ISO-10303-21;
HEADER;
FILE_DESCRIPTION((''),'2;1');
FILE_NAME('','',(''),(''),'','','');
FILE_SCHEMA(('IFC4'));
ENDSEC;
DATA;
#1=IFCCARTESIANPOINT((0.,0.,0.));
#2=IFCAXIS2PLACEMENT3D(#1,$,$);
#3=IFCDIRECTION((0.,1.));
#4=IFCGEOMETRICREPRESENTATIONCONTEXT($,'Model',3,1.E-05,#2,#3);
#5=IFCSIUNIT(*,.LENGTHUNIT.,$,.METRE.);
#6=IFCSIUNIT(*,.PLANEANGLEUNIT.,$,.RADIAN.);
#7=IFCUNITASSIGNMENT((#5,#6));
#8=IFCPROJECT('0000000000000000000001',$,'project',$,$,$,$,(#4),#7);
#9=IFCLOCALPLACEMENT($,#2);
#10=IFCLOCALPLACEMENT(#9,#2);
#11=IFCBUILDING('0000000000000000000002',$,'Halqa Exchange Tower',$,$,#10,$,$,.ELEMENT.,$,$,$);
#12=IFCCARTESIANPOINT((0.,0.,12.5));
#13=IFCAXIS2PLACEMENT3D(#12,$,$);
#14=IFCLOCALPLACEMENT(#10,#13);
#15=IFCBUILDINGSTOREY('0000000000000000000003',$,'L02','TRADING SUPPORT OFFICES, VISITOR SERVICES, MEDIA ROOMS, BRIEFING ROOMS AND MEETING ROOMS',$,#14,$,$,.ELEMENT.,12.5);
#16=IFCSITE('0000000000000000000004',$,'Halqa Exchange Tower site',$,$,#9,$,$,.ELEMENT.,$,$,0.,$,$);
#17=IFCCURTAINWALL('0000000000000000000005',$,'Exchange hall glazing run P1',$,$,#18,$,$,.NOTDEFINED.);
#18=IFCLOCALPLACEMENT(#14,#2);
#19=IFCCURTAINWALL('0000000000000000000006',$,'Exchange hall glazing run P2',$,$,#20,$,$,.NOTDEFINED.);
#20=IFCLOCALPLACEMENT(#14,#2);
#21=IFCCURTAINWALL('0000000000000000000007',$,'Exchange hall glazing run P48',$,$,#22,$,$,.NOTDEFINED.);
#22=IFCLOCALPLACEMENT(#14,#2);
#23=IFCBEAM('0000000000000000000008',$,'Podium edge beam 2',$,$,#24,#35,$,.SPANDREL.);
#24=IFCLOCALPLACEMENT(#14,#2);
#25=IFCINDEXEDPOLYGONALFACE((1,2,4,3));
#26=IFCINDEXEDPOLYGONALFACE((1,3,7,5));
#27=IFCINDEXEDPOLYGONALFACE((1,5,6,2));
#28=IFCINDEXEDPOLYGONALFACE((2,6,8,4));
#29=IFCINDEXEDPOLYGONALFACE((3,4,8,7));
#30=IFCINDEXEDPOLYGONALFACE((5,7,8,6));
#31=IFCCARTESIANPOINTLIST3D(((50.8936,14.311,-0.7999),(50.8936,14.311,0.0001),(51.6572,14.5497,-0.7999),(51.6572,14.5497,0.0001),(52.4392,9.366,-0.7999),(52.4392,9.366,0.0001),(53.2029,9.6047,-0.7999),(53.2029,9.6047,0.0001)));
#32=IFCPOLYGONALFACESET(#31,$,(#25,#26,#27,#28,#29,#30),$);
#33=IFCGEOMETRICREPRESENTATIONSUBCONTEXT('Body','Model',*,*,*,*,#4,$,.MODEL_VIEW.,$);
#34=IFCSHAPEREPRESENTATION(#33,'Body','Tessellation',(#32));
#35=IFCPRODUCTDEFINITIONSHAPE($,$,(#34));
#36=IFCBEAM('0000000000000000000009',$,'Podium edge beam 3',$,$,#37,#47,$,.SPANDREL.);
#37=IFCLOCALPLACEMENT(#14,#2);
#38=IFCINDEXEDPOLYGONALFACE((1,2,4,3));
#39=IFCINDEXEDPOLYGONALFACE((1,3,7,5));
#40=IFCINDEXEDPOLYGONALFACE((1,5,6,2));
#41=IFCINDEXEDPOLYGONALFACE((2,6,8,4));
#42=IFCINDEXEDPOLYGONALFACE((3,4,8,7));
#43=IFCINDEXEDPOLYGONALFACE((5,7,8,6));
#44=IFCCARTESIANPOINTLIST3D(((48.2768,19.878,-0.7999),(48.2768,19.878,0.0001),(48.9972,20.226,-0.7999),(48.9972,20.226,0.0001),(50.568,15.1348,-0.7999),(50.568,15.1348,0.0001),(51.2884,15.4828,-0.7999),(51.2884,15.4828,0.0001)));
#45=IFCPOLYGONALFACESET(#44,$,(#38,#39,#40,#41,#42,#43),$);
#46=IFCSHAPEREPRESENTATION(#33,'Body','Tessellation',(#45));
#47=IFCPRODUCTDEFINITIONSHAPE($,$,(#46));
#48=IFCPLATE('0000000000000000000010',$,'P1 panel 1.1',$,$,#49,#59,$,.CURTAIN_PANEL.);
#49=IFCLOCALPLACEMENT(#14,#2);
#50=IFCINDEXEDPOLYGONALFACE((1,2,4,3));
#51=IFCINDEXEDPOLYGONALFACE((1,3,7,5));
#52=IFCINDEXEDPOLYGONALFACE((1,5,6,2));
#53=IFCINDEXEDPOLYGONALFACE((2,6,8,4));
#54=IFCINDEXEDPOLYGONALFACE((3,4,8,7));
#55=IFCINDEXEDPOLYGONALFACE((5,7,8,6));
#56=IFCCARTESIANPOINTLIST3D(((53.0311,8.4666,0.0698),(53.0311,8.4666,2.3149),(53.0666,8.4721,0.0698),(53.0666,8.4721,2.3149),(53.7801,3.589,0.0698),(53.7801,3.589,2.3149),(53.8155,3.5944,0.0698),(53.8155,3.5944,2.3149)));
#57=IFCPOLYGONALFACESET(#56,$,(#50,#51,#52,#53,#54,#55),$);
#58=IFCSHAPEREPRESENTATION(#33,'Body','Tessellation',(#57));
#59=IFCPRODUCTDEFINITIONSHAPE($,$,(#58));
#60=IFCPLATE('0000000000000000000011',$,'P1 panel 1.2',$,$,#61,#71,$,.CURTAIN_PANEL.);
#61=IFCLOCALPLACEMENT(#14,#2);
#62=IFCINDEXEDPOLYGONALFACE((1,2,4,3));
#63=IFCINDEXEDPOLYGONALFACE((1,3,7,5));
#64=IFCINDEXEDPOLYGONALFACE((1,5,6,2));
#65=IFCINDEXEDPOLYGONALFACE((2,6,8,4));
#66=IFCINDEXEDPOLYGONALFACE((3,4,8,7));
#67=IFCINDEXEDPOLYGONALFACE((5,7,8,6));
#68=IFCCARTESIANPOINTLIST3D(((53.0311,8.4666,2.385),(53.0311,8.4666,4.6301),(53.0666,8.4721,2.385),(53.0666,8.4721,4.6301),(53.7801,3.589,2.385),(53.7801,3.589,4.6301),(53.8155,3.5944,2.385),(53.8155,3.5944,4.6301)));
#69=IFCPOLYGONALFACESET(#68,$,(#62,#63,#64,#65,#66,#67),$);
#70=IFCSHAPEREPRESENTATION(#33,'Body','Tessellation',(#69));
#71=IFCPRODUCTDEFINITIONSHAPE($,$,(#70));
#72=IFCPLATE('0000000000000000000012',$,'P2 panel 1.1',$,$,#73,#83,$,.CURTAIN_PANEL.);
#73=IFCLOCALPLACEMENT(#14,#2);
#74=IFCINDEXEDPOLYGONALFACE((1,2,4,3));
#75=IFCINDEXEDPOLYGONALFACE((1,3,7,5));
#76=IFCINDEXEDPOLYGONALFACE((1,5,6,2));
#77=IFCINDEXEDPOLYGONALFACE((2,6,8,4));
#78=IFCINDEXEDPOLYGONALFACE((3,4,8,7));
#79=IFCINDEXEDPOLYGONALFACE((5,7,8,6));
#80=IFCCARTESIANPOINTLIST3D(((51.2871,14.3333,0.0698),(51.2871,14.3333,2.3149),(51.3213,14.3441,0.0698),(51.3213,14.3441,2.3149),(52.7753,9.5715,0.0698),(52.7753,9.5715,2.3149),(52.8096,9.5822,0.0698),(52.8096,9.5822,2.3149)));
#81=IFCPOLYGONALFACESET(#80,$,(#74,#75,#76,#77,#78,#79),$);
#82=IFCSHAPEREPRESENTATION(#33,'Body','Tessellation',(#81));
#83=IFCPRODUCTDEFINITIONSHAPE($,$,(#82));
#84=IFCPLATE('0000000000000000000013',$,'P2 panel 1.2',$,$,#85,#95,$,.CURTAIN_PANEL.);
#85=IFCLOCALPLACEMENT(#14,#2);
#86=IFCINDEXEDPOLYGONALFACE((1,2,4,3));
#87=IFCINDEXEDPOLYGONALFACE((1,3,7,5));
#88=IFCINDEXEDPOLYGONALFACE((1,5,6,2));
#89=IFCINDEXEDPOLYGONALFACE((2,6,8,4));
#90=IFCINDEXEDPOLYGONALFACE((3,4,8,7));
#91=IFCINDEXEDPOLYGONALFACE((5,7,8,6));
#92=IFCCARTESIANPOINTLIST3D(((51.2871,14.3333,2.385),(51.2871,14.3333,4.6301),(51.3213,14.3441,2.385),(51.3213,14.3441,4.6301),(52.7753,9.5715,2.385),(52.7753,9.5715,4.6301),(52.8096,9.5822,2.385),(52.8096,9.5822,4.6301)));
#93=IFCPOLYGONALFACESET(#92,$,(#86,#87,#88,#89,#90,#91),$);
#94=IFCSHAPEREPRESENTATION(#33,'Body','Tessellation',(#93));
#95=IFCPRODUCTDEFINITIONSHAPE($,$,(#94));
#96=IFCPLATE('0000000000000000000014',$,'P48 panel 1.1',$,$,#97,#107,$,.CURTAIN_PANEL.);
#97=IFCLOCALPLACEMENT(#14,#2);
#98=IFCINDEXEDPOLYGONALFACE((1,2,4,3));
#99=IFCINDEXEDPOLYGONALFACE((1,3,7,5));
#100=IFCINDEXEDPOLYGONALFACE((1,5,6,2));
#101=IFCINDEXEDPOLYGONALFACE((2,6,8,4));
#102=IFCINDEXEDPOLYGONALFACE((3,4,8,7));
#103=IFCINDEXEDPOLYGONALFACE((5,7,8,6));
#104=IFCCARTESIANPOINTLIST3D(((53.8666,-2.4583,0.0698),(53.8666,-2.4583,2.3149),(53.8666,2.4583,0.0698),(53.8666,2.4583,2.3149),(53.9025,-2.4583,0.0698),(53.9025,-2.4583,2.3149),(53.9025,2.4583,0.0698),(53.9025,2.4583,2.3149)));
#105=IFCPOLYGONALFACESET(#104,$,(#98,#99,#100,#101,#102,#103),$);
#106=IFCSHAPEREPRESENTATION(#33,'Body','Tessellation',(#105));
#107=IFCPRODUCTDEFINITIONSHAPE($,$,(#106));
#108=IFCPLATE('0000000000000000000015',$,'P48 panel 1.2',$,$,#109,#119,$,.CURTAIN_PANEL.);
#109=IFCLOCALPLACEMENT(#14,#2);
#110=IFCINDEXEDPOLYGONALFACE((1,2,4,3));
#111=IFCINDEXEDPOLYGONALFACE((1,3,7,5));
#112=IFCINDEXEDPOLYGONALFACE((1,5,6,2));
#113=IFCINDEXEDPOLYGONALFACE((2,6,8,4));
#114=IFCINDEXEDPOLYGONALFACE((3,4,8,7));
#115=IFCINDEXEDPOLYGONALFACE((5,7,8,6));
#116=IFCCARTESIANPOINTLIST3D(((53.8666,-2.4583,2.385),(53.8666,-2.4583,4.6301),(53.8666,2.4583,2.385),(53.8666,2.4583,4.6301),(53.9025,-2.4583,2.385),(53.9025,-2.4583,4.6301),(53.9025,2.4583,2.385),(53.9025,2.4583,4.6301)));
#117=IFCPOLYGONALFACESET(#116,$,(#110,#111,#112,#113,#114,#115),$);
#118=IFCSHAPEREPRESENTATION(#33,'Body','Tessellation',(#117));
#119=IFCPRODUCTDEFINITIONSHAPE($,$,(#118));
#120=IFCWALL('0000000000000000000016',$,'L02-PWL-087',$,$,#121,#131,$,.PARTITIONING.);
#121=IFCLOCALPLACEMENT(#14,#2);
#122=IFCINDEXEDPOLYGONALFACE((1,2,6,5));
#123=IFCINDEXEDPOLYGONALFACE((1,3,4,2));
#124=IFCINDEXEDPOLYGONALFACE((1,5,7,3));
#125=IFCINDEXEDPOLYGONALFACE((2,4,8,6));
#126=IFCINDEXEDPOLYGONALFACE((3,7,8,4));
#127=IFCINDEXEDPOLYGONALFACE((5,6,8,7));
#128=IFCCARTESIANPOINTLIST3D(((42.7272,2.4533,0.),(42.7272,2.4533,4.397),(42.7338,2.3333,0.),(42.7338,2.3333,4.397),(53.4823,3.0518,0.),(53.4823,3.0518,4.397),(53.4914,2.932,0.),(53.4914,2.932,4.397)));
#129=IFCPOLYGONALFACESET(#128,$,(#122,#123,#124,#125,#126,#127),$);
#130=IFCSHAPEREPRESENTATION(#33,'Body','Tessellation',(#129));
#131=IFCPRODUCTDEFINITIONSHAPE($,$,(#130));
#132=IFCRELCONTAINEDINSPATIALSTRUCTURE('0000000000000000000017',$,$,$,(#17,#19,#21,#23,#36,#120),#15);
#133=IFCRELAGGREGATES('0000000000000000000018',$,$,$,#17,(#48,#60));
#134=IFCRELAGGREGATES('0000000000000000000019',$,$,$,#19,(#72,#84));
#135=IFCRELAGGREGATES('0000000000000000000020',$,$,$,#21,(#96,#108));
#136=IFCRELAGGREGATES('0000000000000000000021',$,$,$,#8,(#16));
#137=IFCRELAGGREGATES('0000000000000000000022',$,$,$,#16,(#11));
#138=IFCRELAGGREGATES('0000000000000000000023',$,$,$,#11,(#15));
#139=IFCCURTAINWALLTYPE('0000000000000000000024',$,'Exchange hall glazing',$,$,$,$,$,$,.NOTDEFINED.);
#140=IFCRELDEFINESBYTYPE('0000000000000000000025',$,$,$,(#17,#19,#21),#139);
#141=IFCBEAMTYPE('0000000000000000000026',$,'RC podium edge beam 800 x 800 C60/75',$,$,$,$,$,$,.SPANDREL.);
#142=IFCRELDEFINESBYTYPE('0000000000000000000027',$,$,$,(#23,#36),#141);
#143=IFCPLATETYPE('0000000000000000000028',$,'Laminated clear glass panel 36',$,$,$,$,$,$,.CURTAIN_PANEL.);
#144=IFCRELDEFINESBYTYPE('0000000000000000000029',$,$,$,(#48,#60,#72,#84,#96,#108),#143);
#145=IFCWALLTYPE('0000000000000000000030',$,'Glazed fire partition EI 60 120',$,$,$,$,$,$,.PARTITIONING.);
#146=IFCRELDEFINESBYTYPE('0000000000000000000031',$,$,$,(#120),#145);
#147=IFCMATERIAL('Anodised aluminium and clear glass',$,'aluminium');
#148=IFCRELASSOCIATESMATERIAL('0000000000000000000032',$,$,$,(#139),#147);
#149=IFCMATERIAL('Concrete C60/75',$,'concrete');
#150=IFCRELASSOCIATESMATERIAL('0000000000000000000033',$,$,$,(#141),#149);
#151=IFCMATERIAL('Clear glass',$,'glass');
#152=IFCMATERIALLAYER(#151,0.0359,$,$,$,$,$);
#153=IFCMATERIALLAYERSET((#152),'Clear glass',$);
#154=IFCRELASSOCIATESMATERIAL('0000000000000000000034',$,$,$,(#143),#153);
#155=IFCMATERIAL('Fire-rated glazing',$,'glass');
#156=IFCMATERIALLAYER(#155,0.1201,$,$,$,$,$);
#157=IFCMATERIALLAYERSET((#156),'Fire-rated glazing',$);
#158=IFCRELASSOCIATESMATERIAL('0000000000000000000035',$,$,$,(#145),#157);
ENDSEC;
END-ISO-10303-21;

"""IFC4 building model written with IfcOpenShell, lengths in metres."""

from ifc_helpers import new_model, si_unit, direction, frame, origin, origin_2d, place, context, subcontext, project, spatial, polyline, rectangle, outline, extrude, material, layer, layer_set, material_profile, profile_set, type_object, element, aggregate, save


model = new_model("IFC4")

# Units and contexts
model_context = context("Model", 3, precision=1e-05, world=origin(), true_north=direction((0.0, 1.0)))
body_context = subcontext(model_context, "Body", "Model", "MODEL_VIEW")
ifc_project = project(units=[si_unit("LENGTHUNIT", "METRE"), si_unit("PLANEANGLEUNIT", "RADIAN")], contexts=[model_context])

# Site, building, storey
site_placement = place(None, origin())
site = spatial("IfcSite", under=ifc_project, at=site_placement, Name="Halqa Exchange Tower site", CompositionType="ELEMENT", RefElevation=0.0)
building_placement = place(site_placement, origin())
building = spatial("IfcBuilding", under=site, at=building_placement, Name="Halqa Exchange Tower", CompositionType="ELEMENT")
storey_placement = place(building_placement, frame((0.0, 0.0, 12.5)))
storey = spatial("IfcBuildingStorey", under=building, at=storey_placement, Name="L02", Description="TRADING SUPPORT OFFICES, VISITOR SERVICES, MEDIA ROOMS, BRIEFING ROOMS AND MEETING ROOMS", CompositionType="ELEMENT", Elevation=12.5)

# Shared definitions
ifc_material_1 = material(Name="Concrete C60/75", Category="concrete")

# Curtain walls
ifc_material_2 = material(Name="Anodised aluminium and clear glass", Category="aluminium")
curtain_wall_type = type_object("IfcCurtainWallType", Name="Exchange hall glazing", PredefinedType="NOTDEFINED", material=ifc_material_2)
curtain_wall_1_placement = place(storey_placement, origin())
curtain_wall_1 = element("IfcCurtainWall", 1, at=curtain_wall_1_placement, inside=storey, type_object=curtain_wall_type, Name="Exchange hall glazing run P1", PredefinedType="NOTDEFINED")
curtain_wall_2_placement = place(storey_placement, origin())
curtain_wall_2 = element("IfcCurtainWall", 2, at=curtain_wall_2_placement, inside=storey, type_object=curtain_wall_type, Name="Exchange hall glazing run P2", PredefinedType="NOTDEFINED")

# Curtain wall
curtain_wall_3_placement = place(storey_placement, origin())
curtain_wall_3 = element("IfcCurtainWall", 3, at=curtain_wall_3_placement, inside=storey, type_object=curtain_wall_type, Name="Exchange hall glazing run P48", PredefinedType="NOTDEFINED")

# Beams
ifc_material_profile_1 = material_profile(ifc_material_1, rectangle(XDim=0.8, YDim=0.8, at=origin_2d()), Name="800 x 800")
ifc_profile_set_1 = profile_set([ifc_material_profile_1], Name="Concrete C60/75")
beam_type = type_object("IfcBeamType", Name="RC podium edge beam 800 x 800 C60/75", PredefinedType="SPANDREL", material=ifc_profile_set_1)
beam_1_placement = place(storey_placement, frame((52.821, 9.4854, -0.3999), z_axis=(-0.298331, 0.954462, 0.0), x_axis=(-0.954462, -0.298331, 0.0)))
element("IfcBeam", 4, at=beam_1_placement, inside=storey, type_object=beam_type, Name="Podium edge beam 2", PredefinedType="SPANDREL", context=body_context, shape_type="SweptSolid", body=[
    extrude(rectangle(XDim=0.8, YDim=0.8, at=origin_2d()), origin(), (0.0, 0.0, 1.0), 5.1809),
])
beam_2_placement = place(storey_placement, frame((50.9282, 15.3088, -0.3999), z_axis=(-0.434973, 0.900443, 0.0), x_axis=(-0.900443, -0.434973, 0.0)))
element("IfcBeam", 5, at=beam_2_placement, inside=storey, type_object=beam_type, Name="Podium edge beam 3", PredefinedType="SPANDREL", context=body_context, shape_type="SweptSolid", body=[
    extrude(rectangle(XDim=0.8, YDim=0.8, at=origin_2d()), origin(), (0.0, 0.0, 1.0), 5.2676),
])

# Plates
ifc_material_3 = material(Name="Clear glass", Category="glass")
ifc_layer_1 = layer(ifc_material_3, 0.0359)
ifc_layer_set_1 = layer_set([ifc_layer_1], Name="Clear glass")
plate_type = type_object("IfcPlateType", Name="Laminated clear glass panel 36", PredefinedType="CURTAIN_PANEL", material=ifc_layer_set_1)
plate_1_placement = place(storey_placement, frame((53.4233, 6.0305, 0.0698), z_axis=(0.0, 0.0, 1.0), x_axis=(-0.151767, 0.988416, 0.0)))
plate_1 = element("IfcPlate", 6, at=plate_1_placement, type_object=plate_type, Name="P1 panel 1.1", PredefinedType="CURTAIN_PANEL", context=body_context, shape_type="SweptSolid", body=[
    extrude(rectangle(XDim=4.9348, YDim=0.0359, at=origin_2d()), origin(), (0.0, 0.0, 1.0), 2.2451),
])
plate_2_placement = place(storey_placement, frame((53.4233, 6.0305, 2.385), z_axis=(0.0, 0.0, 1.0), x_axis=(-0.151767, 0.988416, 0.0)))
plate_2 = element("IfcPlate", 7, at=plate_2_placement, type_object=plate_type, Name="P1 panel 1.2", PredefinedType="CURTAIN_PANEL", context=body_context, shape_type="SweptSolid", body=[
    extrude(rectangle(XDim=4.9348, YDim=0.0359, at=origin_2d()), origin(), (0.0, 0.0, 1.0), 2.2451),
])
aggregate(curtain_wall_1, [plate_1, plate_2])
plate_3_placement = place(storey_placement, frame((52.0483, 11.9578, 0.0698), z_axis=(0.0, 0.0, 1.0), x_axis=(-0.298303, 0.954471, 0.0)))
plate_3 = element("IfcPlate", 8, at=plate_3_placement, type_object=plate_type, Name="P2 panel 1.1", PredefinedType="CURTAIN_PANEL", context=body_context, shape_type="SweptSolid", body=[
    extrude(rectangle(XDim=4.989, YDim=0.0359, at=origin_2d()), origin(), (0.0, 0.0, 1.0), 2.2451),
])
plate_4_placement = place(storey_placement, frame((52.0483, 11.9578, 2.385), z_axis=(0.0, 0.0, 1.0), x_axis=(-0.298303, 0.954471, 0.0)))
plate_4 = element("IfcPlate", 9, at=plate_4_placement, type_object=plate_type, Name="P2 panel 1.2", PredefinedType="CURTAIN_PANEL", context=body_context, shape_type="SweptSolid", body=[
    extrude(rectangle(XDim=4.989, YDim=0.0359, at=origin_2d()), origin(), (0.0, 0.0, 1.0), 2.2451),
])
aggregate(curtain_wall_2, [plate_3, plate_4])
plate_5_placement = place(storey_placement, frame((53.8845, 0.0, 0.0698), z_axis=(0.0, 0.0, 1.0), x_axis=(0.0, 1.0, 0.0)))
plate_5 = element("IfcPlate", 10, at=plate_5_placement, type_object=plate_type, Name="P48 panel 1.1", PredefinedType="CURTAIN_PANEL", context=body_context, shape_type="SweptSolid", body=[
    extrude(rectangle(XDim=4.9165, YDim=0.0359, at=origin_2d()), origin(), (0.0, 0.0, 1.0), 2.2451),
])
plate_6_placement = place(storey_placement, frame((53.8845, 0.0, 2.385), z_axis=(0.0, 0.0, 1.0), x_axis=(0.0, 1.0, 0.0)))
plate_6 = element("IfcPlate", 11, at=plate_6_placement, type_object=plate_type, Name="P48 panel 1.2", PredefinedType="CURTAIN_PANEL", context=body_context, shape_type="SweptSolid", body=[
    extrude(rectangle(XDim=4.9165, YDim=0.0359, at=origin_2d()), origin(), (0.0, 0.0, 1.0), 2.2451),
])
aggregate(curtain_wall_3, [plate_5, plate_6])

# Wall
ifc_material_4 = material(Name="Fire-rated glazing", Category="glass")
ifc_layer_2 = layer(ifc_material_4, 0.1201)
ifc_layer_set_2 = layer_set([ifc_layer_2], Name="Fire-rated glazing")
wall_type = type_object("IfcWallType", Name="Glazed fire partition EI 60 120", PredefinedType="PARTITIONING", material=ifc_layer_set_2)
wall_placement = place(storey_placement, frame((53.4868, 2.9919, 0.0), z_axis=(0.0, 0.0, 1.0), x_axis=(-0.998455, -0.055568, 0.0)))
element("IfcWall", 12, at=wall_placement, inside=storey, type_object=wall_type, Name="L02-PWL-087", PredefinedType="PARTITIONING", context=body_context, shape_type="SweptSolid", body=[
    extrude(outline(polyline([(0.0012, -0.0601), (10.7729, -0.0601), (10.7729, 0.0601), (-0.0012, 0.0601), (0.0012, -0.0601)])), origin(), (0.0, 0.0, 1.0), 4.397),
])

save(model, "model.ifc")
